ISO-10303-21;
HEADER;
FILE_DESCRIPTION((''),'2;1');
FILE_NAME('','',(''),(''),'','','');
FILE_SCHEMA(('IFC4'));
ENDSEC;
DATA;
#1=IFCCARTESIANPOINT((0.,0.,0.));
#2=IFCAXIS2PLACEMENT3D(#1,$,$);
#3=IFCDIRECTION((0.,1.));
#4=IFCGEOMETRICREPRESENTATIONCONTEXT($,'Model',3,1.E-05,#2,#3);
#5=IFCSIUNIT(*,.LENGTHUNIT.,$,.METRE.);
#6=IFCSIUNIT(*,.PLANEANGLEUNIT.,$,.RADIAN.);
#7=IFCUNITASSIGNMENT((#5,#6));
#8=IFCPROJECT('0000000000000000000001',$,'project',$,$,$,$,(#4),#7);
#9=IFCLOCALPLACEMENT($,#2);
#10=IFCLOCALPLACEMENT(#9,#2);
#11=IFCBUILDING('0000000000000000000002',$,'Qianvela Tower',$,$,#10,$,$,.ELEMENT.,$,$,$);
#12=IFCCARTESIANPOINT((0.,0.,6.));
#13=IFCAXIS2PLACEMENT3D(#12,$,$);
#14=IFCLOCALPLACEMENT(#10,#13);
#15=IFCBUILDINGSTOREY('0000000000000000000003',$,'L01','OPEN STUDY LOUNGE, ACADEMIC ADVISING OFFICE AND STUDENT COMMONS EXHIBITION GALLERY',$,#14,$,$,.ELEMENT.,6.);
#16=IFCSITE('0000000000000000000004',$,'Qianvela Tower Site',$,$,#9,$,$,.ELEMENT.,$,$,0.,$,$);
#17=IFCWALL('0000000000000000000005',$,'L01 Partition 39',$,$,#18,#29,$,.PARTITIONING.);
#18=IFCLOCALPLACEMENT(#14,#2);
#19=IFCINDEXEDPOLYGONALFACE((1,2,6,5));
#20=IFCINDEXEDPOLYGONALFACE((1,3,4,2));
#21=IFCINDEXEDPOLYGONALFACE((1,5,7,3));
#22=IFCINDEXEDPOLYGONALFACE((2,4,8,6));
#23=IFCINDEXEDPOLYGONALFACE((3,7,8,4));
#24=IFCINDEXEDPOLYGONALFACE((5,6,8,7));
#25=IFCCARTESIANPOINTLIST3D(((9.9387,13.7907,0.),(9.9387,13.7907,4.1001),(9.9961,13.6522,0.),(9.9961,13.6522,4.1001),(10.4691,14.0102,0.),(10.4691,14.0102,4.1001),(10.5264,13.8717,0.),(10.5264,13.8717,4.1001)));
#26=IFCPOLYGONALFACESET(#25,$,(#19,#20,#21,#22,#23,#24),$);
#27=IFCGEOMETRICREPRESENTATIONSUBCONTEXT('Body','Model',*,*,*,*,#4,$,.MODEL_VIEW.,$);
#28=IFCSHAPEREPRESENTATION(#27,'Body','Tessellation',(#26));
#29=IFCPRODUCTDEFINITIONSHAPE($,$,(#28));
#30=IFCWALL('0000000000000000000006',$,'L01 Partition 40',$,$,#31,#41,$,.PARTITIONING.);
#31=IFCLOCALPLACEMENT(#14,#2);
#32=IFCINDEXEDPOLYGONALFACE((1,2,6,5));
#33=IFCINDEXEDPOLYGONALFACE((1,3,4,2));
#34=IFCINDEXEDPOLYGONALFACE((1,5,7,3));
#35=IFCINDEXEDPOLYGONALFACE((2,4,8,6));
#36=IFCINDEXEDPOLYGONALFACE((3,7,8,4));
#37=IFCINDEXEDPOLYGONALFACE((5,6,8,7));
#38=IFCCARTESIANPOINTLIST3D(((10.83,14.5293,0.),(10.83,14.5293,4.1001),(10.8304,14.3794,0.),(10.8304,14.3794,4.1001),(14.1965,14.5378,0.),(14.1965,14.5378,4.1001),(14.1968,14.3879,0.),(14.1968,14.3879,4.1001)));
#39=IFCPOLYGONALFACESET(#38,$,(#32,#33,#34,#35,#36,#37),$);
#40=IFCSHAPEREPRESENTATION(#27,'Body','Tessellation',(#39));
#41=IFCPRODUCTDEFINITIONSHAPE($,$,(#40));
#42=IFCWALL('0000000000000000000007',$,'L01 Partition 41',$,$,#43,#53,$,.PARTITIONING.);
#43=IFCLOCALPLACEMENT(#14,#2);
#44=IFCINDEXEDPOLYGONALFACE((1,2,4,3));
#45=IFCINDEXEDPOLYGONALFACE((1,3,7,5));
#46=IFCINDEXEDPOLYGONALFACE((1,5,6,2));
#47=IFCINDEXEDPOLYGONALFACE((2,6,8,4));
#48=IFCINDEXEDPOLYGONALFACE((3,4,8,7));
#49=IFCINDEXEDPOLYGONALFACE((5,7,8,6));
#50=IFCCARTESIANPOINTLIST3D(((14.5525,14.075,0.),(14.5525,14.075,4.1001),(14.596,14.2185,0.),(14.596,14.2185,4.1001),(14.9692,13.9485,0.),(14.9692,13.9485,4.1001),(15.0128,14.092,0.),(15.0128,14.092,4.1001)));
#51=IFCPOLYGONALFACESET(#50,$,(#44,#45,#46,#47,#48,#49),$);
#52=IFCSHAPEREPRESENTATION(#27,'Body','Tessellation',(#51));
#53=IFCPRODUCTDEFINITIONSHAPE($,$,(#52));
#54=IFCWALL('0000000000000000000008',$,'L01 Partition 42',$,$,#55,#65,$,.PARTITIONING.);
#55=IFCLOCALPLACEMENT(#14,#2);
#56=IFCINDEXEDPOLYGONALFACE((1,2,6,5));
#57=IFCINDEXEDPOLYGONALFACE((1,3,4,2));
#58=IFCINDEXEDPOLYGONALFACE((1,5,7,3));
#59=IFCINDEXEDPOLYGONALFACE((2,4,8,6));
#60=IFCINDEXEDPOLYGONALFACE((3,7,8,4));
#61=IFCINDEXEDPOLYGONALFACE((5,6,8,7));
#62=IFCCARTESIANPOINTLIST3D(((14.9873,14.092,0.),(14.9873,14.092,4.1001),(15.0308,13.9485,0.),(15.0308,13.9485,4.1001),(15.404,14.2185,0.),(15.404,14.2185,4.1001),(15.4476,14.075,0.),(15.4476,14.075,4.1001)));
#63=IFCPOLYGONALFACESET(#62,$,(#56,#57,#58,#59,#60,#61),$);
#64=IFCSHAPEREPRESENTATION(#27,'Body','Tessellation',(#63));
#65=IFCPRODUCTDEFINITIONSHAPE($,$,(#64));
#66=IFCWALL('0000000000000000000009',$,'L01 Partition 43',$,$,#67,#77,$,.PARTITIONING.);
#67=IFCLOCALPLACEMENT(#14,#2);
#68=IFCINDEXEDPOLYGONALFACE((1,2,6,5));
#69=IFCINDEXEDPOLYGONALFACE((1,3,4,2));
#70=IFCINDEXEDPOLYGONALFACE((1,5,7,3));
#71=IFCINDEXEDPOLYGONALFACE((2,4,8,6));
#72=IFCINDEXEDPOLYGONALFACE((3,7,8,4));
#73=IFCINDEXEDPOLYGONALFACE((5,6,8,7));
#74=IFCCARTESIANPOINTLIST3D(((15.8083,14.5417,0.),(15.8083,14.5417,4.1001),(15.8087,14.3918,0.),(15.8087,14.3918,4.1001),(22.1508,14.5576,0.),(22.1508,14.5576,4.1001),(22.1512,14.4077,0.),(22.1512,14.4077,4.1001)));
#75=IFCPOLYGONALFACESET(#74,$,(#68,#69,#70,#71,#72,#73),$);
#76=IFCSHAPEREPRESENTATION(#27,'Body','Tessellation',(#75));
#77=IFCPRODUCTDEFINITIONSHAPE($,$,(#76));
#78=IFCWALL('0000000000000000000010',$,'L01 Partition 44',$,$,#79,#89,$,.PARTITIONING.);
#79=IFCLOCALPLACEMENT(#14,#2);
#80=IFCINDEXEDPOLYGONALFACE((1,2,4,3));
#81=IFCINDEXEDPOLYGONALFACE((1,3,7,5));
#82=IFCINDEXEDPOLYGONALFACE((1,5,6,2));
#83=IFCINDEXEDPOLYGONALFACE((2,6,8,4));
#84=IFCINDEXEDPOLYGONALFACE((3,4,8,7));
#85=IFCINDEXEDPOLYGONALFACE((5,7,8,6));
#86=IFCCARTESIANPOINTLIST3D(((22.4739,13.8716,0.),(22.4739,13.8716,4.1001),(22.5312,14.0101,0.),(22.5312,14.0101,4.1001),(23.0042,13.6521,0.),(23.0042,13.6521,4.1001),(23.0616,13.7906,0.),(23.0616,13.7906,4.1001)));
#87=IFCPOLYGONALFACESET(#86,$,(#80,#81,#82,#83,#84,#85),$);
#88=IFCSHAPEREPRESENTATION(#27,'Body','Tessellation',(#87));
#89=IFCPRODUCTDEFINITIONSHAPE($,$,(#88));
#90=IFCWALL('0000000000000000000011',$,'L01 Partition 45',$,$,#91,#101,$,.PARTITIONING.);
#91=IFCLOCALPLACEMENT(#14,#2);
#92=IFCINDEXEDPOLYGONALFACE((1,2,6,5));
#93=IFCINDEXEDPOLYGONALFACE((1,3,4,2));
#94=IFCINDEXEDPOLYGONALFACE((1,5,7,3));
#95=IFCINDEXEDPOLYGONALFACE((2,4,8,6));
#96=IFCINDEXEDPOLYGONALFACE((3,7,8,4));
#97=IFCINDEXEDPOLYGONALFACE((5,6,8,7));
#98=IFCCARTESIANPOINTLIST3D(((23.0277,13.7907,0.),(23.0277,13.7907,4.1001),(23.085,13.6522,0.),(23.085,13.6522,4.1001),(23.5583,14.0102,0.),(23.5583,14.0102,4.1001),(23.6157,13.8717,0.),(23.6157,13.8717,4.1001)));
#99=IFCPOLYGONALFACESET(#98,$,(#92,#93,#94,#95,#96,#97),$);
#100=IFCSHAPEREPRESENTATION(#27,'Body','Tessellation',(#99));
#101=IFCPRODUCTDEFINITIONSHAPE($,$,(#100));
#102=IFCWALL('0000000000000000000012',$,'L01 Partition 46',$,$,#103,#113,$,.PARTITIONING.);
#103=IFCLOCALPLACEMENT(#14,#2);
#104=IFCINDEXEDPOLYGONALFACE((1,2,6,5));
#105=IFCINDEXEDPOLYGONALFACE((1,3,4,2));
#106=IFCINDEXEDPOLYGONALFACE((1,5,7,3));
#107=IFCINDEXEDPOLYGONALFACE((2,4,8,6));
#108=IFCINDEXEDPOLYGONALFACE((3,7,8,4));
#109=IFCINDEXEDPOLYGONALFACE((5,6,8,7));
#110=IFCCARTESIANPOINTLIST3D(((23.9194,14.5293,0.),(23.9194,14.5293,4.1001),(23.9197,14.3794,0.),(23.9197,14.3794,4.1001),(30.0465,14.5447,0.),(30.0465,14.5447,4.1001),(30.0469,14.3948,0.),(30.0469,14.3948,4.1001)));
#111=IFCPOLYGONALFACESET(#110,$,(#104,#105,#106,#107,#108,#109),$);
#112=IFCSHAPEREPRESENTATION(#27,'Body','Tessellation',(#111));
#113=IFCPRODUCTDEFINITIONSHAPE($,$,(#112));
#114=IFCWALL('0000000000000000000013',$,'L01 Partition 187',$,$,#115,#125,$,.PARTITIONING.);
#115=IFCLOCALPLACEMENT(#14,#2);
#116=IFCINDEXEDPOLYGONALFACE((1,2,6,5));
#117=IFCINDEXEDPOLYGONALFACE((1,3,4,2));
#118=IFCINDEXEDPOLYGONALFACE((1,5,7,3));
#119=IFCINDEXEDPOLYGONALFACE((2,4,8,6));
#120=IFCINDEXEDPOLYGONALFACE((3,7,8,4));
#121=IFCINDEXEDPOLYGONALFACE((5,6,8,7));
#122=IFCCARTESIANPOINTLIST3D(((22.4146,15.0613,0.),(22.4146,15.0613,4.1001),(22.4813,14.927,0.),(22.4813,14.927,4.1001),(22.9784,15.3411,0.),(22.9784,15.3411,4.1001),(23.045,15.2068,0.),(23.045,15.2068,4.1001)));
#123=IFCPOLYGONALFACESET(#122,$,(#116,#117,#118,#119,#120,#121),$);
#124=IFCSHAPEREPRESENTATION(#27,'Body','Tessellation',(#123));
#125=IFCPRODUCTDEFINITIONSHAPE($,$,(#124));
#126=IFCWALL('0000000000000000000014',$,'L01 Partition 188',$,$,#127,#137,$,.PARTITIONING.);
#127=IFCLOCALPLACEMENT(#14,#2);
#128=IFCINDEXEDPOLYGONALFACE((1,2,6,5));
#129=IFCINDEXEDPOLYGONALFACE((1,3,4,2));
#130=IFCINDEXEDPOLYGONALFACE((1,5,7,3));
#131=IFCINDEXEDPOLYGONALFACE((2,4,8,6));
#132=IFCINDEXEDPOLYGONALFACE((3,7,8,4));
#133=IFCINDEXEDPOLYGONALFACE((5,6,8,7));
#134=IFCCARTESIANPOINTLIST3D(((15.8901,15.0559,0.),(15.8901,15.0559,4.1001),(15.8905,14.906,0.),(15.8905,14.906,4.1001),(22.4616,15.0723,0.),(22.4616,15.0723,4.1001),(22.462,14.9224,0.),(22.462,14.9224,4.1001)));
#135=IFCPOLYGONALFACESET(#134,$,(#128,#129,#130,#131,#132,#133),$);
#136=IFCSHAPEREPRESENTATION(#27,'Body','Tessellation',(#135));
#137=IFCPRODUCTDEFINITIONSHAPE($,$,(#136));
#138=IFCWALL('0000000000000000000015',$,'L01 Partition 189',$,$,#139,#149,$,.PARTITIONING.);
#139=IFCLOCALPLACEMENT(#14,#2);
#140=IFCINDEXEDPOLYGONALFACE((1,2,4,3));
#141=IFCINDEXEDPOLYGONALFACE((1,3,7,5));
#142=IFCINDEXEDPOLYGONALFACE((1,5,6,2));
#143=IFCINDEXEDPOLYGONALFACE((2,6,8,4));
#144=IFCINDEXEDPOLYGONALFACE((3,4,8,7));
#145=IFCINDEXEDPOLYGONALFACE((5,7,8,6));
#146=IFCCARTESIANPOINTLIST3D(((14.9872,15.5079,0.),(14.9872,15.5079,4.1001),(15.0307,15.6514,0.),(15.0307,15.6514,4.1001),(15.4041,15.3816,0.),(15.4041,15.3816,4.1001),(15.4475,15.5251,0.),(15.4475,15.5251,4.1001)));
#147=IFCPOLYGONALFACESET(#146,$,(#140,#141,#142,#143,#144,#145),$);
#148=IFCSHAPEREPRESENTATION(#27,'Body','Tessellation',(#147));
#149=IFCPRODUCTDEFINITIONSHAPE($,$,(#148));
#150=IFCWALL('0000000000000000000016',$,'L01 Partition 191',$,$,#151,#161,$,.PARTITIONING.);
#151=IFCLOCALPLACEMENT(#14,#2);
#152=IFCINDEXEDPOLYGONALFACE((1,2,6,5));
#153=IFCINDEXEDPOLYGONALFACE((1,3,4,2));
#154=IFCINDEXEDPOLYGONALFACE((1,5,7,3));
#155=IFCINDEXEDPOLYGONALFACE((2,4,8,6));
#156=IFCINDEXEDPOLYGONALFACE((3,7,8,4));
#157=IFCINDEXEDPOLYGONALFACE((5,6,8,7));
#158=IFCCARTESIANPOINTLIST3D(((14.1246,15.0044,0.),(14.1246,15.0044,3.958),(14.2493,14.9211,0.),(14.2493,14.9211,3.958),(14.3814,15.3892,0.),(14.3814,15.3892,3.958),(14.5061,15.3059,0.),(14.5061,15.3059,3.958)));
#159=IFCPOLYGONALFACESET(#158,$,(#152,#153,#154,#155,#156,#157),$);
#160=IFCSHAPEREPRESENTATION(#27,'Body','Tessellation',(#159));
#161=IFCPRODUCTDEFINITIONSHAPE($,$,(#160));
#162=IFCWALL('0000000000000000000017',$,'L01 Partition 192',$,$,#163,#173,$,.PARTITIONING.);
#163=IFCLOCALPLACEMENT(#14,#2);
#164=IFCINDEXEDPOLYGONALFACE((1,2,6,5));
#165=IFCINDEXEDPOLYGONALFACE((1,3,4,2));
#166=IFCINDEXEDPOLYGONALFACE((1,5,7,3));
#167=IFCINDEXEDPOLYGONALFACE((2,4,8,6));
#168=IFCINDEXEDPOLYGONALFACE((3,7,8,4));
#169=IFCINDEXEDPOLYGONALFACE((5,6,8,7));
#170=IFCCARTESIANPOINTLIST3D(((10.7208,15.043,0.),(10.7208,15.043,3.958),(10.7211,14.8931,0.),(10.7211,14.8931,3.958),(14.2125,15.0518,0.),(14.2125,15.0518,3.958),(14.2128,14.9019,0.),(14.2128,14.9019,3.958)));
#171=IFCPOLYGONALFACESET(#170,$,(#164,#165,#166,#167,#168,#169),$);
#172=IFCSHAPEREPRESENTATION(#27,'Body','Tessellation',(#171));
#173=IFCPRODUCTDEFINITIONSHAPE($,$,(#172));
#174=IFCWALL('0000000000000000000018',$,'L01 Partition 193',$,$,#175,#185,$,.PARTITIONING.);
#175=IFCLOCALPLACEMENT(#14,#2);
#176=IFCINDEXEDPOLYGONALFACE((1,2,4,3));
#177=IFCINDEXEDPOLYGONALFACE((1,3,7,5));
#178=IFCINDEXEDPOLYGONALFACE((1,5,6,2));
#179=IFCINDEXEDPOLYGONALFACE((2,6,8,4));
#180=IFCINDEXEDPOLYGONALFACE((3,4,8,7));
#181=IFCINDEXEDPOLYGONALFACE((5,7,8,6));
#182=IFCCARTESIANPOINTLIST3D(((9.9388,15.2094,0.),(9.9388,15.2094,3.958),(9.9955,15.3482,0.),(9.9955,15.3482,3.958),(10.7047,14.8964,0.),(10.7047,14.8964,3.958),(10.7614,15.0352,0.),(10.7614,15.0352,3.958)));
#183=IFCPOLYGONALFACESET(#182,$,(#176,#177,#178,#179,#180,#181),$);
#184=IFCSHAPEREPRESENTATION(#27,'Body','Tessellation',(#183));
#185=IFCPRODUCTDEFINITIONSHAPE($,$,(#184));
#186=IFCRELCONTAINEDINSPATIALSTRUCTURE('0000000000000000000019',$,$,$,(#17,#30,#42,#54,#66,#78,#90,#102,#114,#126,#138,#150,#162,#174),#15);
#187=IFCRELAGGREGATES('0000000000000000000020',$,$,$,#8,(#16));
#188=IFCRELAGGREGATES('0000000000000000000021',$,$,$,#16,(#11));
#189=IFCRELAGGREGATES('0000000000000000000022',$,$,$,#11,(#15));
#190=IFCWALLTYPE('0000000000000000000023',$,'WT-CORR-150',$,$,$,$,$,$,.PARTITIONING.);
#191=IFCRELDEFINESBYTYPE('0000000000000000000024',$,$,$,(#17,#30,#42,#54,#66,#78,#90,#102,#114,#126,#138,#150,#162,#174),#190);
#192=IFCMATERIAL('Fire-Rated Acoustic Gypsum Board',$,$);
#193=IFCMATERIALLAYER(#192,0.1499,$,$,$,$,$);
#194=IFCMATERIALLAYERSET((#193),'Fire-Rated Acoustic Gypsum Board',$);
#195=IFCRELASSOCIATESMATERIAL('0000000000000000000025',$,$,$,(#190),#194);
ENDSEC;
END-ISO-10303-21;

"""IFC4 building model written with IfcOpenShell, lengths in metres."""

from ifc_helpers import new_model, si_unit, direction, frame, frame_2d, origin, place, context, subcontext, project, spatial, rectangle, extrude, material, layer, layer_set, type_object, element, save


model = new_model("IFC4")

# Units and contexts
model_context = context("Model", 3, precision=1e-05, world=origin(), true_north=direction((0.0, 1.0)))
body_context = subcontext(model_context, "Body", "Model", "MODEL_VIEW")
ifc_project = project(units=[si_unit("LENGTHUNIT", "METRE"), si_unit("PLANEANGLEUNIT", "RADIAN")], contexts=[model_context])

# Site, building, storey
site_placement = place(None, origin())
site = spatial("IfcSite", under=ifc_project, at=site_placement, Name="Qianvela Tower Site", CompositionType="ELEMENT", RefElevation=0.0)
building_placement = place(site_placement, origin())
building = spatial("IfcBuilding", under=site, at=building_placement, Name="Qianvela Tower", CompositionType="ELEMENT")
storey_placement = place(building_placement, frame((0.0, 0.0, 6.0)))
storey = spatial("IfcBuildingStorey", under=building, at=storey_placement, Name="L01", Description="OPEN STUDY LOUNGE, ACADEMIC ADVISING OFFICE AND STUDENT COMMONS EXHIBITION GALLERY", CompositionType="ELEMENT", Elevation=6.0)

# Walls
ifc_material_1 = material(Name="Fire-Rated Acoustic Gypsum Board")
ifc_layer_1 = layer(ifc_material_1, 0.1499)
ifc_layer_set_1 = layer_set([ifc_layer_1], Name="Fire-Rated Acoustic Gypsum Board")
wall_type = type_object("IfcWallType", Name="WT-CORR-150", PredefinedType="PARTITIONING", material=ifc_layer_set_1)
wall_1_placement = place(storey_placement, frame((9.9673, 13.7214, 0.0), z_axis=(0.0, 0.0, 1.0), x_axis=(0.923981, 0.382439, 0.0)))
element("IfcWall", 1, at=wall_1_placement, inside=storey, type_object=wall_type, Name="L01 Partition 39", PredefinedType="PARTITIONING", context=body_context, shape_type="SweptSolid", body=[
    extrude(rectangle(XDim=0.574, YDim=0.1499, at=frame_2d((0.2871, 0.0))), origin(), (0.0, 0.0, 1.0), 4.1001),
])
wall_2_placement = place(storey_placement, frame((10.8303, 14.4543, 0.0), z_axis=(0.0, 0.0, 1.0), x_axis=(0.999997, 0.002538, 0.0)))
element("IfcWall", 2, at=wall_2_placement, inside=storey, type_object=wall_type, Name="L01 Partition 40", PredefinedType="PARTITIONING", context=body_context, shape_type="SweptSolid", body=[
    extrude(rectangle(XDim=3.3665, YDim=0.1499, at=frame_2d((1.6831, 0.0))), origin(), (0.0, 0.0, 1.0), 4.1001),
])
for number, where, z_axis, x_axis, name in (
    (3, (14.5742, 14.1467, 0.0), (0.0, 0.0, 1.0), (0.956911, -0.290381, 0.0), "L01 Partition 41"),
    (4, (15.009, 14.0203, 0.0), (0.0, 0.0, 1.0), (0.956911, 0.290381, 0.0), "L01 Partition 42"),
):
    element("IfcWall", number, at=place(storey_placement, frame(where, z_axis=z_axis, x_axis=x_axis)), inside=storey, type_object=wall_type, Name=name, PredefinedType="PARTITIONING", context=body_context, shape_type="SweptSolid", body=[
        extrude(rectangle(XDim=0.4355, YDim=0.1499, at=frame_2d((0.2178, 0.0))), origin(), (0.0, 0.0, 1.0), 4.1001),
    ])
wall_3_placement = place(storey_placement, frame((15.8083, 14.4668, 0.0), z_axis=(0.0, 0.0, 1.0), x_axis=(0.999997, 0.002502, 0.0)))
element("IfcWall", 5, at=wall_3_placement, inside=storey, type_object=wall_type, Name="L01 Partition 43", PredefinedType="PARTITIONING", context=body_context, shape_type="SweptSolid", body=[
    extrude(rectangle(XDim=6.3425, YDim=0.1499, at=frame_2d((3.1714, 0.0))), origin(), (0.0, 0.0, 1.0), 4.1001),
])
wall_4_placement = place(storey_placement, frame((22.5024, 13.9409, 0.0), z_axis=(0.0, 0.0, 1.0), x_axis=(0.923981, -0.382439, 0.0)))
element("IfcWall", 6, at=wall_4_placement, inside=storey, type_object=wall_type, Name="L01 Partition 44", PredefinedType="PARTITIONING", context=body_context, shape_type="SweptSolid", body=[
    extrude(rectangle(XDim=0.574, YDim=0.1499, at=frame_2d((0.2871, 0.0))), origin(), (0.0, 0.0, 1.0), 4.1001),
])
wall_5_placement = place(storey_placement, frame((23.0564, 13.7214, 0.0), z_axis=(0.0, 0.0, 1.0), x_axis=(0.924043, 0.382289, 0.0)))
element("IfcWall", 7, at=wall_5_placement, inside=storey, type_object=wall_type, Name="L01 Partition 45", PredefinedType="PARTITIONING", context=body_context, shape_type="SweptSolid", body=[
    extrude(rectangle(XDim=0.5742, YDim=0.1499, at=frame_2d((0.2871, 0.0))), origin(), (0.0, 0.0, 1.0), 4.1001),
])
wall_6_placement = place(storey_placement, frame((23.9197, 14.4543, 0.0), z_axis=(0.0, 0.0, 1.0), x_axis=(0.999997, 0.00251, 0.0)))
element("IfcWall", 8, at=wall_6_placement, inside=storey, type_object=wall_type, Name="L01 Partition 46", PredefinedType="PARTITIONING", context=body_context, shape_type="SweptSolid", body=[
    extrude(rectangle(XDim=6.1272, YDim=0.1499, at=frame_2d((3.0635, 0.0))), origin(), (0.0, 0.0, 1.0), 4.1001),
])
wall_7_placement = place(storey_placement, frame((23.0117, 15.2739, 0.0), z_axis=(0.0, 0.0, 1.0), x_axis=(-0.895742, -0.444574, 0.0)))
element("IfcWall", 9, at=wall_7_placement, inside=storey, type_object=wall_type, Name="L01 Partition 187", PredefinedType="PARTITIONING", context=body_context, shape_type="SweptSolid", body=[
    extrude(rectangle(XDim=0.6294, YDim=0.1499, at=frame_2d((0.3147, 0.0))), origin(), (0.0, 0.0, 1.0), 4.1001),
])
wall_8_placement = place(storey_placement, frame((22.4617, 14.9973, 0.0), z_axis=(0.0, 0.0, 1.0), x_axis=(-0.999997, -0.002489, 0.0)))
element("IfcWall", 10, at=wall_8_placement, inside=storey, type_object=wall_type, Name="L01 Partition 188", PredefinedType="PARTITIONING", context=body_context, shape_type="SweptSolid", body=[
    extrude(rectangle(XDim=6.5715, YDim=0.1499, at=frame_2d((3.2856, 0.0))), origin(), (0.0, 0.0, 1.0), 4.1001),
])
wall_9_placement = place(storey_placement, frame((15.4258, 15.4534, 0.0), z_axis=(0.0, 0.0, 1.0), x_axis=(-0.957067, 0.289867, 0.0)))
element("IfcWall", 11, at=wall_9_placement, inside=storey, type_object=wall_type, Name="L01 Partition 189", PredefinedType="PARTITIONING", context=body_context, shape_type="SweptSolid", body=[
    extrude(rectangle(XDim=0.4355, YDim=0.1499, at=frame_2d((0.2178, 0.0))), origin(), (0.0, 0.0, 1.0), 4.1001),
])
wall_10_placement = place(storey_placement, frame((14.4438, 15.3477, 0.0), z_axis=(0.0, 0.0, 1.0), x_axis=(-0.555187, -0.831725, 0.0)))
element("IfcWall", 12, at=wall_10_placement, inside=storey, type_object=wall_type, Name="L01 Partition 191", PredefinedType="PARTITIONING", context=body_context, shape_type="SweptSolid", body=[
    extrude(rectangle(XDim=0.4626, YDim=0.1499, at=frame_2d((0.2314, 0.0))), origin(), (0.0, 0.0, 1.0), 3.958),
])
wall_11_placement = place(storey_placement, frame((14.2126, 14.9768, 0.0), z_axis=(0.0, 0.0, 1.0), x_axis=(-0.999997, -0.002517, 0.0)))
element("IfcWall", 13, at=wall_11_placement, inside=storey, type_object=wall_type, Name="L01 Partition 192", PredefinedType="PARTITIONING", context=body_context, shape_type="SweptSolid", body=[
    extrude(rectangle(XDim=3.4917, YDim=0.1499, at=frame_2d((1.7458, 0.0))), origin(), (0.0, 0.0, 1.0), 3.958),
])
wall_12_placement = place(storey_placement, frame((10.7329, 14.9658, 0.0), z_axis=(0.0, 0.0, 1.0), x_axis=(-0.925683, 0.3783, 0.0)))
element("IfcWall", 14, at=wall_12_placement, inside=storey, type_object=wall_type, Name="L01 Partition 193", PredefinedType="PARTITIONING", context=body_context, shape_type="SweptSolid", body=[
    extrude(rectangle(XDim=0.8274, YDim=0.1499, at=frame_2d((0.4136, 0.0))), origin(), (0.0, 0.0, 1.0), 3.958),
])

save(model, "model.ifc")
